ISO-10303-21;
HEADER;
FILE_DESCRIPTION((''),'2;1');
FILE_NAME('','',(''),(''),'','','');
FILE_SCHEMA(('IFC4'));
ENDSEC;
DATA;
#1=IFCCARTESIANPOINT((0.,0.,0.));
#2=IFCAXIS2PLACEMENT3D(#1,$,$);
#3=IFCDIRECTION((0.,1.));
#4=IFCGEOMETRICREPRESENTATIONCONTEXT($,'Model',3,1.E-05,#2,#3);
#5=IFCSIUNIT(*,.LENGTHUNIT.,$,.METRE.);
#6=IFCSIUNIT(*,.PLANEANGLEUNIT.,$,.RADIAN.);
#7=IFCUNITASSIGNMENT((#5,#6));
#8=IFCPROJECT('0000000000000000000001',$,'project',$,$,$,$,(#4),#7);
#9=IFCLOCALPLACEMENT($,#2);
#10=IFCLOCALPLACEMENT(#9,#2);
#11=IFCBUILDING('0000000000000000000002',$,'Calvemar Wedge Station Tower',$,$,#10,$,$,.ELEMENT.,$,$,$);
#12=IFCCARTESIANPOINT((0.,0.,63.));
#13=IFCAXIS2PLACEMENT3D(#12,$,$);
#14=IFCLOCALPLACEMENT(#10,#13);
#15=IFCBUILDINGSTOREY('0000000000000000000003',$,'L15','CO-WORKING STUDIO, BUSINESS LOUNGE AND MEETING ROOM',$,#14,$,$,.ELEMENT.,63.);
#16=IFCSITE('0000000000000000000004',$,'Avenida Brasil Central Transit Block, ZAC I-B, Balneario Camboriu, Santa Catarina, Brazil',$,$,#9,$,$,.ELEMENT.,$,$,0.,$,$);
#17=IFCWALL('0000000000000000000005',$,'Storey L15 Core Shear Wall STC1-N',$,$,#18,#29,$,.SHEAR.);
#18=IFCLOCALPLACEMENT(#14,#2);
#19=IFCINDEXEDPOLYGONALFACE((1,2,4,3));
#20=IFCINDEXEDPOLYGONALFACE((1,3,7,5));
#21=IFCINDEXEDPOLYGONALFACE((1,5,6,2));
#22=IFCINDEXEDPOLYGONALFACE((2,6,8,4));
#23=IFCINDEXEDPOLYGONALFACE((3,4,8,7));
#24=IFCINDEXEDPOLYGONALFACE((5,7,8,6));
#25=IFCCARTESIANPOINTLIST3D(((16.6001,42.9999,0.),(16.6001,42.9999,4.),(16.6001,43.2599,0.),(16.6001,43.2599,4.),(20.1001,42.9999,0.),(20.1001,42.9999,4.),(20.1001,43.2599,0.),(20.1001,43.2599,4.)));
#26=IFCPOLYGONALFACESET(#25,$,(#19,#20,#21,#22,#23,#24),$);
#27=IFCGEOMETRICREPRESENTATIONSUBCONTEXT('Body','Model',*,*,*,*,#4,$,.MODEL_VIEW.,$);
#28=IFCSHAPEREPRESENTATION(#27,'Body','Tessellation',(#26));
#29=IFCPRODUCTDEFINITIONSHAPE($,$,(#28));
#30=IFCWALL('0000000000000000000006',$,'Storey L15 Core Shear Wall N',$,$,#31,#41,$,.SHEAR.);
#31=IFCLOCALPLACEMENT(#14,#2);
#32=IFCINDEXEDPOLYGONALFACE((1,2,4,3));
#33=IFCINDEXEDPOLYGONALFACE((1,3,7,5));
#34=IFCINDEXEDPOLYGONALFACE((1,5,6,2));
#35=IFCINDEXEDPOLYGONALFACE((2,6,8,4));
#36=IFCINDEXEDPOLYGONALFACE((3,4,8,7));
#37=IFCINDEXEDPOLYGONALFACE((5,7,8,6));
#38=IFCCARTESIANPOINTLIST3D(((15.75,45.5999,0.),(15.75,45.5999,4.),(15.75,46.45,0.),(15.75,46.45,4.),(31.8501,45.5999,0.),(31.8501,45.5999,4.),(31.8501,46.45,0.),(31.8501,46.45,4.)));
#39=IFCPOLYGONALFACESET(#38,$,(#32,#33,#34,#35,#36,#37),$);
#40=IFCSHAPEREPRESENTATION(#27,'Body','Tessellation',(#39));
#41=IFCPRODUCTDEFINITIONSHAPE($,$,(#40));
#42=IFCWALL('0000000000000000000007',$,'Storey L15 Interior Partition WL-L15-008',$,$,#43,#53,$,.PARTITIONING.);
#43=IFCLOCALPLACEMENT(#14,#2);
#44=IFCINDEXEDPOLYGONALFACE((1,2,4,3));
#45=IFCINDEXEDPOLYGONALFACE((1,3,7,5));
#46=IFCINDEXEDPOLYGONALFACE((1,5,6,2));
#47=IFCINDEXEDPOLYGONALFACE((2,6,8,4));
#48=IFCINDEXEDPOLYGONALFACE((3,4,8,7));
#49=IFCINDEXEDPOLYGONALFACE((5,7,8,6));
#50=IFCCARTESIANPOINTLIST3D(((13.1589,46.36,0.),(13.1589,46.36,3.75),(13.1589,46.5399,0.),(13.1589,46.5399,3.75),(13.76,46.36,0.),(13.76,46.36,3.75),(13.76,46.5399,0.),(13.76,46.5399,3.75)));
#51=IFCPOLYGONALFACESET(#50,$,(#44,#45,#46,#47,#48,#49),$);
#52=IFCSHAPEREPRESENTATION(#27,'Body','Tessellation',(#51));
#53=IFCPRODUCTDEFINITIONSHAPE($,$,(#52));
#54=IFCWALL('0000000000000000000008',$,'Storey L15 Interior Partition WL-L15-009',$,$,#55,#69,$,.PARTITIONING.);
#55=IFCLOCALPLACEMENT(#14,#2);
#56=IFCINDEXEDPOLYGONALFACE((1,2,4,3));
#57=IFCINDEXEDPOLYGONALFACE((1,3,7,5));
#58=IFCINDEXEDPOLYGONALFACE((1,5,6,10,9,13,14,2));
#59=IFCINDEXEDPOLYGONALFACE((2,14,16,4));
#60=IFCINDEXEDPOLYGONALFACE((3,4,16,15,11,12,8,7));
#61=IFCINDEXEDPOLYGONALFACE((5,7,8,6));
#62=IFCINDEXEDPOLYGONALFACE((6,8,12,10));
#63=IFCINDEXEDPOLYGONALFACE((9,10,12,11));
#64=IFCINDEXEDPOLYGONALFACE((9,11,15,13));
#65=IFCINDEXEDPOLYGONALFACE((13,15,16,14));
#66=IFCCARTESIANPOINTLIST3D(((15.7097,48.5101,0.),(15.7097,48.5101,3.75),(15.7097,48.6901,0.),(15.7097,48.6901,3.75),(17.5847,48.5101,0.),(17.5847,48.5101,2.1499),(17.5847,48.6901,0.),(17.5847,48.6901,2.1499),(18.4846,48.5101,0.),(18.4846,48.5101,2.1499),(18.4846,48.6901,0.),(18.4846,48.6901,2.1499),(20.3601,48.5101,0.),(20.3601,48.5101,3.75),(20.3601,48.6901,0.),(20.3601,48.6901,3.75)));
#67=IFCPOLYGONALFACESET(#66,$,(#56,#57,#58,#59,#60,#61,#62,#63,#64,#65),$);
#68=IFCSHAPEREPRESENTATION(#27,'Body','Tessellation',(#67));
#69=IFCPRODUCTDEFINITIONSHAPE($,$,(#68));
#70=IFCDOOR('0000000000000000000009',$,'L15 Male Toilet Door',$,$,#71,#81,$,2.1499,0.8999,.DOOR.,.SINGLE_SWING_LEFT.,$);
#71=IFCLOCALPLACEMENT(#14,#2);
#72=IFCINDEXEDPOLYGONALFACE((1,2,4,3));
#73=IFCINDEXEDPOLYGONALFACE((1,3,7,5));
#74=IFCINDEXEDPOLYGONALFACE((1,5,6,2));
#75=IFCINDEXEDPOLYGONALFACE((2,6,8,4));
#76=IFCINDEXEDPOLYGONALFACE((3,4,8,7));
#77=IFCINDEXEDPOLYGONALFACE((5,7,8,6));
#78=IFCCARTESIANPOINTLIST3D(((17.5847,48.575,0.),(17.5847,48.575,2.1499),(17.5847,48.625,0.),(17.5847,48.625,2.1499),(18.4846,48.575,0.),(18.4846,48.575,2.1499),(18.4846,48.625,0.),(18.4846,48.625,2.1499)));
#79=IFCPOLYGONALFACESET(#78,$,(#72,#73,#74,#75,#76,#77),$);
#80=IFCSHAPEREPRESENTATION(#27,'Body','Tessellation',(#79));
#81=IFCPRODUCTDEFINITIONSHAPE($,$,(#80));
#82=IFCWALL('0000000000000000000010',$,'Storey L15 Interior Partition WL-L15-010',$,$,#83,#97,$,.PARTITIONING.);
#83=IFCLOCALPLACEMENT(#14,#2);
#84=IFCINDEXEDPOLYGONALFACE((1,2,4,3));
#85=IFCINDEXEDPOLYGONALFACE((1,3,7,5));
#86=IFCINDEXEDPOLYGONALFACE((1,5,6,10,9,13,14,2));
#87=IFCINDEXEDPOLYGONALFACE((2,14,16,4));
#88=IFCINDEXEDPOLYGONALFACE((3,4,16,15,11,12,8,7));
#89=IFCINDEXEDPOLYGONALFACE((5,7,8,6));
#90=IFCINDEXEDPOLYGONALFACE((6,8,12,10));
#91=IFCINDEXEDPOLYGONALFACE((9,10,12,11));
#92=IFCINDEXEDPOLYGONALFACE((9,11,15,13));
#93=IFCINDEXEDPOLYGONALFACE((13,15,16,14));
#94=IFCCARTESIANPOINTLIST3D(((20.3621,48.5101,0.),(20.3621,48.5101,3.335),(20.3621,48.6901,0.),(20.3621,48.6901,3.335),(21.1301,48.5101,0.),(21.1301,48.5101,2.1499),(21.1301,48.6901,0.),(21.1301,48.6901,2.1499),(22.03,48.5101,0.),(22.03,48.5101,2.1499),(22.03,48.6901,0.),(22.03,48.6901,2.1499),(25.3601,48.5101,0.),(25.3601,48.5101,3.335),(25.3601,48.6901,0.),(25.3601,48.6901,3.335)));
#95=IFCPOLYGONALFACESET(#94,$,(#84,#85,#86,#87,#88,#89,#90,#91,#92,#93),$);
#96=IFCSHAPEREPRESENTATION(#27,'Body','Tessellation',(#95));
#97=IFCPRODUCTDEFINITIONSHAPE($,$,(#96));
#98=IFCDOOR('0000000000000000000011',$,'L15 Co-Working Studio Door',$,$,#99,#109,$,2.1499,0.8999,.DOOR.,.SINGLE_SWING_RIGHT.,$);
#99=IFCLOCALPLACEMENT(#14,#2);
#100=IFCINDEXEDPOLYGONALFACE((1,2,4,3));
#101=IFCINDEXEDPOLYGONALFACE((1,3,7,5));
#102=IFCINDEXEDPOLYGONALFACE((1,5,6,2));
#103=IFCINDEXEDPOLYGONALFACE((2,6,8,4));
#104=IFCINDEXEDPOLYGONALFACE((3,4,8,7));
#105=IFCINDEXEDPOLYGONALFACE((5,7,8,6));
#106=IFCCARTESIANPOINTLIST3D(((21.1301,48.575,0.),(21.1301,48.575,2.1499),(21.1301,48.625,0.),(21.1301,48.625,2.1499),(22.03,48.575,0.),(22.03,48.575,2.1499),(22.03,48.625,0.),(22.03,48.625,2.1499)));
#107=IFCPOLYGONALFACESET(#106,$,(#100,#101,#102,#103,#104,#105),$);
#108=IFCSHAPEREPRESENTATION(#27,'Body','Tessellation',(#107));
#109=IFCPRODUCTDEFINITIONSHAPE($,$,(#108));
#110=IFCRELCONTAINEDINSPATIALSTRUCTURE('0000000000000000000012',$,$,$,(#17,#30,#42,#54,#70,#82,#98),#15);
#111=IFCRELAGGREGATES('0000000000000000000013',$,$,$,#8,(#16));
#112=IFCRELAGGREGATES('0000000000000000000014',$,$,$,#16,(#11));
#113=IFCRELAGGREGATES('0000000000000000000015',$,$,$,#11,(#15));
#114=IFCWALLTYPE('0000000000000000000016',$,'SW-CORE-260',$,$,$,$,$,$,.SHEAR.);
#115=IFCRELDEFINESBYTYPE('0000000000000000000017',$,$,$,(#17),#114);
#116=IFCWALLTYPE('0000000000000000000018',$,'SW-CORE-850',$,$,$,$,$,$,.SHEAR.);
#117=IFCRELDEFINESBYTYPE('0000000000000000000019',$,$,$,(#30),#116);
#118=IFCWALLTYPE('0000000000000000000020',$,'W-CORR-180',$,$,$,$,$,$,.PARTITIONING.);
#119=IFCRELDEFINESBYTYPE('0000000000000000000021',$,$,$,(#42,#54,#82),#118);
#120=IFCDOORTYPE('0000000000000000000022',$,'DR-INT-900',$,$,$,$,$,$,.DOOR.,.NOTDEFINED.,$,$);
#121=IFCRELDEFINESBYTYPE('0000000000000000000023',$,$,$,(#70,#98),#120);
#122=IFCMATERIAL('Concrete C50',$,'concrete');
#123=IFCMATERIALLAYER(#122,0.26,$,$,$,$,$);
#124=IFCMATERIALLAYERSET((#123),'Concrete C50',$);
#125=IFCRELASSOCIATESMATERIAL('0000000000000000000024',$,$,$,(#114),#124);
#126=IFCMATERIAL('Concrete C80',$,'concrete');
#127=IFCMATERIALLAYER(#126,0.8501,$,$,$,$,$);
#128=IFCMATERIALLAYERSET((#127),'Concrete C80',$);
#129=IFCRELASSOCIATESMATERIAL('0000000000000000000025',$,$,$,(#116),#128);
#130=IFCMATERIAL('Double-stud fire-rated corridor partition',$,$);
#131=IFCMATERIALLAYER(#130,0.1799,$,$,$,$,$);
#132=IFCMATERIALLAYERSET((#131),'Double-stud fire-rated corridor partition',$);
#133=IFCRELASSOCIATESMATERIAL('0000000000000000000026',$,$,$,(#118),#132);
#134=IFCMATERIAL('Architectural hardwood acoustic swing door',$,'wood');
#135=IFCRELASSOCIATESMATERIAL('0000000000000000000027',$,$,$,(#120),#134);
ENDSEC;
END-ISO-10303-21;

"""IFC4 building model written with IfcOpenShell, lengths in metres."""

from ifc_helpers import new_model, si_unit, direction, frame, frame_2d, origin, place, context, subcontext, project, spatial, rectangle, extrude, source, transform, mapped, material, layer, layer_set, type_object, element, fill, save


model = new_model("IFC4")

# Units and contexts
model_context = context("Model", 3, precision=1e-05, world=origin(), true_north=direction((0.0, 1.0)))
body_context = subcontext(model_context, "Body", "Model", "MODEL_VIEW")
ifc_project = project(units=[si_unit("LENGTHUNIT", "METRE"), si_unit("PLANEANGLEUNIT", "RADIAN")], contexts=[model_context])

# Site, building, storey
site_placement = place(None, origin())
site = spatial("IfcSite", under=ifc_project, at=site_placement, Name="Avenida Brasil Central Transit Block, ZAC I-B, Balneario Camboriu, Santa Catarina, Brazil", CompositionType="ELEMENT", RefElevation=0.0)
building_placement = place(site_placement, origin())
building = spatial("IfcBuilding", under=site, at=building_placement, Name="Calvemar Wedge Station Tower", CompositionType="ELEMENT")
storey_placement = place(building_placement, frame((0.0, 0.0, 63.0)))
storey = spatial("IfcBuildingStorey", under=building, at=storey_placement, Name="L15", Description="CO-WORKING STUDIO, BUSINESS LOUNGE AND MEETING ROOM", CompositionType="ELEMENT", Elevation=63.0)

# Walls
ifc_material_1 = material(Name="Concrete C50", Category="concrete")
ifc_layer_1 = layer(ifc_material_1, 0.26)
ifc_layer_set_1 = layer_set([ifc_layer_1], Name="Concrete C50")
wall_type_1 = type_object("IfcWallType", Name="SW-CORE-260", PredefinedType="SHEAR", material=ifc_layer_set_1)
wall_1_placement = place(storey_placement, frame((16.6001, 43.1299, 0.0), z_axis=(0.0, 0.0, 1.0), x_axis=(1.0, 0.0, 0.0)))
element("IfcWall", 1, at=wall_1_placement, inside=storey, type_object=wall_type_1, Name="Storey L15 Core Shear Wall STC1-N", PredefinedType="SHEAR", context=body_context, shape_type="SweptSolid", body=[
    extrude(rectangle(XDim=3.5, YDim=0.26, at=frame_2d((1.75, 0.0))), origin(), (0.0, 0.0, 1.0), 4.0),
])
ifc_material_2 = material(Name="Concrete C80", Category="concrete")
ifc_layer_2 = layer(ifc_material_2, 0.8501)
ifc_layer_set_2 = layer_set([ifc_layer_2], Name="Concrete C80")
wall_type_2 = type_object("IfcWallType", Name="SW-CORE-850", PredefinedType="SHEAR", material=ifc_layer_set_2)
wall_2_placement = place(storey_placement, frame((15.75, 46.0249, 0.0), z_axis=(0.0, 0.0, 1.0), x_axis=(1.0, 0.0, 0.0)))
element("IfcWall", 2, at=wall_2_placement, inside=storey, type_object=wall_type_2, Name="Storey L15 Core Shear Wall N", PredefinedType="SHEAR", context=body_context, shape_type="SweptSolid", body=[
    extrude(rectangle(XDim=16.1001, YDim=0.8501, at=frame_2d((8.05, 0.0))), origin(), (0.0, 0.0, 1.0), 4.0),
])

# Shared definitions
ifc_material_3 = material(Name="Double-stud fire-rated corridor partition")
ifc_layer_3 = layer(ifc_material_3, 0.1799)
ifc_layer_set_3 = layer_set([ifc_layer_3], Name="Double-stud fire-rated corridor partition")
wall_type_3 = type_object("IfcWallType", Name="W-CORR-180", PredefinedType="PARTITIONING", material=ifc_layer_set_3)

# Wall
wall_3_placement = place(storey_placement, frame((13.76, 46.45, 0.0), z_axis=(0.0, 0.0, 1.0), x_axis=(-1.0, 0.0, 0.0)))
element("IfcWall", 3, at=wall_3_placement, inside=storey, type_object=wall_type_3, Name="Storey L15 Interior Partition WL-L15-008", PredefinedType="PARTITIONING", context=body_context, shape_type="SweptSolid", body=[
    extrude(rectangle(XDim=0.6011, YDim=0.1799, at=frame_2d((0.3005, 0.0))), origin(), (0.0, 0.0, 1.0), 3.75),
])

# Walls, openings, doors
wall_4_placement = place(storey_placement, frame((15.7097, 48.6001, 0.0), z_axis=(0.0, 0.0, 1.0), x_axis=(1.0, 0.0, 0.0)))
wall_4 = element("IfcWall", 4, at=wall_4_placement, inside=storey, type_object=wall_type_3, Name="Storey L15 Interior Partition WL-L15-009", PredefinedType="PARTITIONING", context=body_context, shape_type="SweptSolid", body=[
    extrude(rectangle(XDim=4.6504, YDim=0.1799, at=frame_2d((2.3252, 0.0))), origin(), (0.0, 0.0, 1.0), 3.75),
])
shared_shape_1 = source(origin(), body_context, "Body", "SweptSolid", [
    extrude(rectangle(XDim=0.8999, YDim=2.1499, at=frame_2d((0.45, 1.075))), frame((0.0, 0.1001, 0.0), z_axis=(0.0, -1.0, 0.0), x_axis=(1.0, 0.0, 0.0)), (0.0, 0.0, 1.0), 0.2),
])
opening_1_placement = place(wall_4_placement, frame((1.875, 0.0, 0.0)))
opening_1 = element("IfcOpeningElement", 5, at=opening_1_placement, cuts=wall_4, PredefinedType="OPENING", context=body_context, shape_type="MappedRepresentation", body=[
    mapped(shared_shape_1, transform((0.0, 0.0, 0.0), scale=1.0)),
])
ifc_material_4 = material(Name="Architectural hardwood acoustic swing door", Category="wood")
door_type_1 = type_object("IfcDoorType", Name="DR-INT-900", OperationType="NOTDEFINED", PredefinedType="DOOR", material=ifc_material_4)
shared_shape_2 = source(origin(), body_context, "Body", "SweptSolid", [
    extrude(rectangle(XDim=0.8999, YDim=2.1499, at=frame_2d((0.45, 1.075))), frame((0.0, 0.0249, 0.0), z_axis=(0.0, -1.0, 0.0), x_axis=(1.0, 0.0, 0.0)), (0.0, 0.0, 1.0), 0.05),
])
door_1_placement = place(opening_1_placement, origin())
door_1 = element("IfcDoor", 6, at=door_1_placement, inside=storey, type_object=door_type_1, Name="L15 Male Toilet Door", OperationType="SINGLE_SWING_LEFT", OverallHeight=2.1499, OverallWidth=0.8999, PredefinedType="DOOR", context=body_context, shape_type="MappedRepresentation", body=[
    mapped(shared_shape_2, transform((0.0, 0.0, 0.0), scale=1.0)),
])
fill(opening_1, door_1)
wall_5_placement = place(storey_placement, frame((20.3621, 48.6001, 0.0), z_axis=(0.0, 0.0, 1.0), x_axis=(1.0, 0.0, 0.0)))
wall_5 = element("IfcWall", 7, at=wall_5_placement, inside=storey, type_object=wall_type_3, Name="Storey L15 Interior Partition WL-L15-010", PredefinedType="PARTITIONING", context=body_context, shape_type="SweptSolid", body=[
    extrude(rectangle(XDim=4.998, YDim=0.1799, at=frame_2d((2.499, 0.0))), origin(), (0.0, 0.0, 1.0), 3.335),
])
opening_2_placement = place(wall_5_placement, frame((0.7681, 0.0, 0.0)))
opening_2 = element("IfcOpeningElement", 8, at=opening_2_placement, cuts=wall_5, PredefinedType="OPENING", context=body_context, shape_type="MappedRepresentation", body=[
    mapped(shared_shape_1, transform((0.0, 0.0, 0.0), scale=1.0)),
])
door_2_placement = place(opening_2_placement, origin())
door_2 = element("IfcDoor", 9, at=door_2_placement, inside=storey, type_object=door_type_1, Name="L15 Co-Working Studio Door", OperationType="SINGLE_SWING_RIGHT", OverallHeight=2.1499, OverallWidth=0.8999, PredefinedType="DOOR", context=body_context, shape_type="MappedRepresentation", body=[
    mapped(shared_shape_2, transform((0.0, 0.0, 0.0), scale=1.0)),
])
fill(opening_2, door_2)

save(model, "model.ifc")
